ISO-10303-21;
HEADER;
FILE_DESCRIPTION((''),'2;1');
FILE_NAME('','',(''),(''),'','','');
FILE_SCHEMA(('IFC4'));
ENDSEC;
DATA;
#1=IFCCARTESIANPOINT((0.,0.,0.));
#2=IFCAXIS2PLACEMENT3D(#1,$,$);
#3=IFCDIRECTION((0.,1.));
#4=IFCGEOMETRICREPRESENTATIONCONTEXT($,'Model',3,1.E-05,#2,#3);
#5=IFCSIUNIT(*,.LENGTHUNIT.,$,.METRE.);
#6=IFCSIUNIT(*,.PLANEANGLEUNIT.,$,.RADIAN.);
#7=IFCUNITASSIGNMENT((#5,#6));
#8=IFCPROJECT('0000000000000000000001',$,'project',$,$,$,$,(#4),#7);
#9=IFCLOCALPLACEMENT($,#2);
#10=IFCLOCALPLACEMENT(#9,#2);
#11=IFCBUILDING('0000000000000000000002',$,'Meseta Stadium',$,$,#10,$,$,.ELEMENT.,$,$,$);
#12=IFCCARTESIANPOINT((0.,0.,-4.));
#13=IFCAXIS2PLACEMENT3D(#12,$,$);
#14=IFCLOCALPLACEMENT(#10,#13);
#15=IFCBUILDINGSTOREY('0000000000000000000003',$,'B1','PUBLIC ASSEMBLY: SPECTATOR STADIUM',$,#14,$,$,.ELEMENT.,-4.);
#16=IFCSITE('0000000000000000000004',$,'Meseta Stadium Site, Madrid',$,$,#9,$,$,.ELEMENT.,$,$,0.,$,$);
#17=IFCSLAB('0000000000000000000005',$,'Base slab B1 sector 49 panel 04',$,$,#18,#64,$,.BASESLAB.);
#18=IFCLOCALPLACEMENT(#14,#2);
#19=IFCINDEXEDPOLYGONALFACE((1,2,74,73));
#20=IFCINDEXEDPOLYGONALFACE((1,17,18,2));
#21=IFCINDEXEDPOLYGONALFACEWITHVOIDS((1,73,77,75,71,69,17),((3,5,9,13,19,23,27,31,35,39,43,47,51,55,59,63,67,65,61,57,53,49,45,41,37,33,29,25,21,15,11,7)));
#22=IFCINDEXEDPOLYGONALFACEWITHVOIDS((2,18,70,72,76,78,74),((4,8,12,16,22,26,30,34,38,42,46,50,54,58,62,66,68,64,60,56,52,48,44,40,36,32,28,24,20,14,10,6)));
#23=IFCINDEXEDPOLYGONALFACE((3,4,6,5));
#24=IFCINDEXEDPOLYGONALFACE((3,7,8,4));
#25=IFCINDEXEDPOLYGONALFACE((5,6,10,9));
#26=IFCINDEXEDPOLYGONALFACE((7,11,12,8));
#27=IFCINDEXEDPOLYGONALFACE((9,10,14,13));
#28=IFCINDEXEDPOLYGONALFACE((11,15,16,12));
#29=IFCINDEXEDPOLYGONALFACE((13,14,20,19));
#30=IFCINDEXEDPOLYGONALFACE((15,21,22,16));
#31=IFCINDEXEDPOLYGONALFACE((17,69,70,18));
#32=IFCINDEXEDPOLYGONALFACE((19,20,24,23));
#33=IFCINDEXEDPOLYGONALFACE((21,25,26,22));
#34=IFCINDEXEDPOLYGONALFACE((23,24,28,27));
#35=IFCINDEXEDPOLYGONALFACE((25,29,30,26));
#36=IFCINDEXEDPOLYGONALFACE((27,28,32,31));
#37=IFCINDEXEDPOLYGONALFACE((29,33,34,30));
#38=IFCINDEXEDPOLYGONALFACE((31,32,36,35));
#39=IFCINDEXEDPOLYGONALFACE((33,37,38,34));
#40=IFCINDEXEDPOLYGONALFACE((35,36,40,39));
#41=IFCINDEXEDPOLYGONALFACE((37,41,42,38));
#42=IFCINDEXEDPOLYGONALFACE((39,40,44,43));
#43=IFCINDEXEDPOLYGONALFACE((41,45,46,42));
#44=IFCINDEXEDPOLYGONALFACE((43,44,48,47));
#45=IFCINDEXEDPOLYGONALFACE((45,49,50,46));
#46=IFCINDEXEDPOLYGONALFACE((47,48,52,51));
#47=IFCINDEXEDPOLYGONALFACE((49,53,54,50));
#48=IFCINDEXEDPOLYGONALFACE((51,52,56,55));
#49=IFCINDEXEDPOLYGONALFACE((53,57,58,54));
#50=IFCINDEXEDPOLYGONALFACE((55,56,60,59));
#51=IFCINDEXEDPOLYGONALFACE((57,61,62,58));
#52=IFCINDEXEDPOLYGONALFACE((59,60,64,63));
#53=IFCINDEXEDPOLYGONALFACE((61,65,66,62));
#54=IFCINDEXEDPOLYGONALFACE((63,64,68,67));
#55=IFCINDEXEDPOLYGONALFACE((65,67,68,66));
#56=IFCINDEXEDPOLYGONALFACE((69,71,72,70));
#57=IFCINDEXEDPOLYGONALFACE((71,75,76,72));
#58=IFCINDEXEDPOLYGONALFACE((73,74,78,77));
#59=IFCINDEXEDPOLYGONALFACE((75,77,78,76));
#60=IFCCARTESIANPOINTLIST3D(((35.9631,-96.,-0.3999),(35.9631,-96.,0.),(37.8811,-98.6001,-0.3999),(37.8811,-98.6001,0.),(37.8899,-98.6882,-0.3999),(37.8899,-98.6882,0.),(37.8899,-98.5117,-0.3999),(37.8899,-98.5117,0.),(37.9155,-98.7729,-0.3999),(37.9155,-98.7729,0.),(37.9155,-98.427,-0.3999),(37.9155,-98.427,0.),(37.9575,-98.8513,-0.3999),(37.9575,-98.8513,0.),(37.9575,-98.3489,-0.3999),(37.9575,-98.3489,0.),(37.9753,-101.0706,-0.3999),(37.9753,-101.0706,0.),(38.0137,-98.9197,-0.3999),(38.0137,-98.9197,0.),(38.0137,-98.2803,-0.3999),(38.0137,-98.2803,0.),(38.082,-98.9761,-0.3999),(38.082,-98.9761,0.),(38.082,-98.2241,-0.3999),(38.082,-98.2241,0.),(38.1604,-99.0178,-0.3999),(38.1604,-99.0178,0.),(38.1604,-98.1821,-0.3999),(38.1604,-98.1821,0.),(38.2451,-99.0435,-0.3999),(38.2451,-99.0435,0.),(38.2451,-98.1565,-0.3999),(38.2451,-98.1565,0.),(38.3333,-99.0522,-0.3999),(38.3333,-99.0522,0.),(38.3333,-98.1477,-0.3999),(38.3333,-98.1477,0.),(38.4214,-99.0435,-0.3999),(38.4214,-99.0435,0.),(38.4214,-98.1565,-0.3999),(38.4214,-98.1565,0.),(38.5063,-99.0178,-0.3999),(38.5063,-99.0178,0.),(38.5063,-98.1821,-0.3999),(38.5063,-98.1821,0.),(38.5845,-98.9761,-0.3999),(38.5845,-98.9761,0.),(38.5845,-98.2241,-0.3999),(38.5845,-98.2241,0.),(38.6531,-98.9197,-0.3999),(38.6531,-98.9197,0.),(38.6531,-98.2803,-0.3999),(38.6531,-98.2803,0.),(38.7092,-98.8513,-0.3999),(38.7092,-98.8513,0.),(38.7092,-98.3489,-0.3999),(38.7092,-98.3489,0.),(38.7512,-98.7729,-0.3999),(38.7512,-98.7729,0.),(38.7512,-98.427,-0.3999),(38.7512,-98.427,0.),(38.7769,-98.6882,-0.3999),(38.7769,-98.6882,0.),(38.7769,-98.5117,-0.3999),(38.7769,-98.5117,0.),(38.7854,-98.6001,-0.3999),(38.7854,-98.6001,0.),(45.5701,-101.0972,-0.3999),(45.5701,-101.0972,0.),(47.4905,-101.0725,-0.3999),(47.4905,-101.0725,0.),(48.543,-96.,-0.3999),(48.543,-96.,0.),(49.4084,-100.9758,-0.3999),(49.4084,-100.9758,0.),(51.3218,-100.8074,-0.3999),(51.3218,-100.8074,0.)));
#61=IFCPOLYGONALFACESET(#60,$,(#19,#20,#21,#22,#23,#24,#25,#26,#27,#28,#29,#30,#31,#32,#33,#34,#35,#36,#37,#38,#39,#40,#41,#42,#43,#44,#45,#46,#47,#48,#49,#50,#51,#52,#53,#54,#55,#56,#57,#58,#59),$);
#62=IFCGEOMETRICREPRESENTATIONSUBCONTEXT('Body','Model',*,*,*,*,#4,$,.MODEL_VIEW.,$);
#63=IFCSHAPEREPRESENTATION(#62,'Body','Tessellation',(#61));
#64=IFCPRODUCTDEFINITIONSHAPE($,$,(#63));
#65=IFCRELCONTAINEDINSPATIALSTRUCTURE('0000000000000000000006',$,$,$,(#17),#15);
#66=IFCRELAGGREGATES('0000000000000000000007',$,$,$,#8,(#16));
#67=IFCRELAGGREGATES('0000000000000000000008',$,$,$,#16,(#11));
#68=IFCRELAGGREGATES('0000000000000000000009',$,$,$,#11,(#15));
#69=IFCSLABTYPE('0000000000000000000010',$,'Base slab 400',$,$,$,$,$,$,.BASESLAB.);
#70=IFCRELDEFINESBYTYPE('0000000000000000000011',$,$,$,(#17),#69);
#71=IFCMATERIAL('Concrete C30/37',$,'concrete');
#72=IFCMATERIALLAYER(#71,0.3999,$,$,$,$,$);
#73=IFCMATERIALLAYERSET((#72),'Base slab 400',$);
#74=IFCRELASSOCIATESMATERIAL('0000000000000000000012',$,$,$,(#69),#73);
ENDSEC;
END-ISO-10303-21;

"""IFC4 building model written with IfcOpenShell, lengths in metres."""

from ifc_helpers import new_model, si_unit, direction, frame, origin, place, context, subcontext, project, spatial, polyline, outline, extrude, material, layer, layer_set, type_object, element, save


model = new_model("IFC4")

# Units and contexts
model_context = context("Model", 3, precision=1e-05, world=origin(), true_north=direction((0.0, 1.0)))
body_context = subcontext(model_context, "Body", "Model", "MODEL_VIEW")
ifc_project = project(units=[si_unit("LENGTHUNIT", "METRE"), si_unit("PLANEANGLEUNIT", "RADIAN")], contexts=[model_context])

# Site, building, storey
site_placement = place(None, origin())
site = spatial("IfcSite", under=ifc_project, at=site_placement, Name="Meseta Stadium Site, Madrid", CompositionType="ELEMENT", RefElevation=0.0)
building_placement = place(site_placement, origin())
building = spatial("IfcBuilding", under=site, at=building_placement, Name="Meseta Stadium", CompositionType="ELEMENT")
storey_placement = place(building_placement, frame((0.0, 0.0, -4.0)))
storey = spatial("IfcBuildingStorey", under=building, at=storey_placement, Name="B1", Description="PUBLIC ASSEMBLY: SPECTATOR STADIUM", CompositionType="ELEMENT", Elevation=-4.0)

# Slab
ifc_material = material(Name="Concrete C30/37", Category="concrete")
ifc_layer = layer(ifc_material, 0.3999)
ifc_layer_set = layer_set([ifc_layer], Name="Base slab 400")
slab_type = type_object("IfcSlabType", Name="Base slab 400", PredefinedType="BASESLAB", material=ifc_layer_set)
slab_1_placement = place(storey_placement, frame((0.0, 0.0, -0.3999)))
element("IfcSlab", 1, at=slab_1_placement, inside=storey, type_object=slab_type, Name="Base slab B1 sector 49 panel 04", PredefinedType="BASESLAB", context=body_context, shape_type="SweptSolid", body=[
    extrude(outline(polyline([(35.9631, -96.0), (37.9753, -101.0706), (45.5701, -101.0972), (47.4905, -101.0725), (49.4084, -100.9758), (51.3218, -100.8074), (48.543, -96.0), (35.9631, -96.0)]), holes=[polyline([(38.6531, -98.9197), (38.5845, -98.9761), (38.5063, -99.0178), (38.4214, -99.0435), (38.3333, -99.0522), (38.2451, -99.0435), (38.1604, -99.0178), (38.082, -98.9761), (38.0137, -98.9197), (37.9575, -98.8513), (37.9155, -98.7729), (37.8899, -98.6882), (37.8811, -98.6001), (37.8899, -98.5117), (37.9155, -98.427), (37.9575, -98.3489), (38.0137, -98.2803), (38.082, -98.2241), (38.1604, -98.1821), (38.2451, -98.1565), (38.3333, -98.1477), (38.4214, -98.1565), (38.5063, -98.1821), (38.5845, -98.2241), (38.6531, -98.2803), (38.7092, -98.3489), (38.7512, -98.427), (38.7769, -98.5117), (38.7854, -98.6001), (38.7769, -98.6882), (38.7512, -98.7729), (38.7092, -98.8513), (38.6531, -98.9197)])]), origin(), (0.0, 0.0, 1.0), 0.3999),
])

save(model, "model.ifc")
